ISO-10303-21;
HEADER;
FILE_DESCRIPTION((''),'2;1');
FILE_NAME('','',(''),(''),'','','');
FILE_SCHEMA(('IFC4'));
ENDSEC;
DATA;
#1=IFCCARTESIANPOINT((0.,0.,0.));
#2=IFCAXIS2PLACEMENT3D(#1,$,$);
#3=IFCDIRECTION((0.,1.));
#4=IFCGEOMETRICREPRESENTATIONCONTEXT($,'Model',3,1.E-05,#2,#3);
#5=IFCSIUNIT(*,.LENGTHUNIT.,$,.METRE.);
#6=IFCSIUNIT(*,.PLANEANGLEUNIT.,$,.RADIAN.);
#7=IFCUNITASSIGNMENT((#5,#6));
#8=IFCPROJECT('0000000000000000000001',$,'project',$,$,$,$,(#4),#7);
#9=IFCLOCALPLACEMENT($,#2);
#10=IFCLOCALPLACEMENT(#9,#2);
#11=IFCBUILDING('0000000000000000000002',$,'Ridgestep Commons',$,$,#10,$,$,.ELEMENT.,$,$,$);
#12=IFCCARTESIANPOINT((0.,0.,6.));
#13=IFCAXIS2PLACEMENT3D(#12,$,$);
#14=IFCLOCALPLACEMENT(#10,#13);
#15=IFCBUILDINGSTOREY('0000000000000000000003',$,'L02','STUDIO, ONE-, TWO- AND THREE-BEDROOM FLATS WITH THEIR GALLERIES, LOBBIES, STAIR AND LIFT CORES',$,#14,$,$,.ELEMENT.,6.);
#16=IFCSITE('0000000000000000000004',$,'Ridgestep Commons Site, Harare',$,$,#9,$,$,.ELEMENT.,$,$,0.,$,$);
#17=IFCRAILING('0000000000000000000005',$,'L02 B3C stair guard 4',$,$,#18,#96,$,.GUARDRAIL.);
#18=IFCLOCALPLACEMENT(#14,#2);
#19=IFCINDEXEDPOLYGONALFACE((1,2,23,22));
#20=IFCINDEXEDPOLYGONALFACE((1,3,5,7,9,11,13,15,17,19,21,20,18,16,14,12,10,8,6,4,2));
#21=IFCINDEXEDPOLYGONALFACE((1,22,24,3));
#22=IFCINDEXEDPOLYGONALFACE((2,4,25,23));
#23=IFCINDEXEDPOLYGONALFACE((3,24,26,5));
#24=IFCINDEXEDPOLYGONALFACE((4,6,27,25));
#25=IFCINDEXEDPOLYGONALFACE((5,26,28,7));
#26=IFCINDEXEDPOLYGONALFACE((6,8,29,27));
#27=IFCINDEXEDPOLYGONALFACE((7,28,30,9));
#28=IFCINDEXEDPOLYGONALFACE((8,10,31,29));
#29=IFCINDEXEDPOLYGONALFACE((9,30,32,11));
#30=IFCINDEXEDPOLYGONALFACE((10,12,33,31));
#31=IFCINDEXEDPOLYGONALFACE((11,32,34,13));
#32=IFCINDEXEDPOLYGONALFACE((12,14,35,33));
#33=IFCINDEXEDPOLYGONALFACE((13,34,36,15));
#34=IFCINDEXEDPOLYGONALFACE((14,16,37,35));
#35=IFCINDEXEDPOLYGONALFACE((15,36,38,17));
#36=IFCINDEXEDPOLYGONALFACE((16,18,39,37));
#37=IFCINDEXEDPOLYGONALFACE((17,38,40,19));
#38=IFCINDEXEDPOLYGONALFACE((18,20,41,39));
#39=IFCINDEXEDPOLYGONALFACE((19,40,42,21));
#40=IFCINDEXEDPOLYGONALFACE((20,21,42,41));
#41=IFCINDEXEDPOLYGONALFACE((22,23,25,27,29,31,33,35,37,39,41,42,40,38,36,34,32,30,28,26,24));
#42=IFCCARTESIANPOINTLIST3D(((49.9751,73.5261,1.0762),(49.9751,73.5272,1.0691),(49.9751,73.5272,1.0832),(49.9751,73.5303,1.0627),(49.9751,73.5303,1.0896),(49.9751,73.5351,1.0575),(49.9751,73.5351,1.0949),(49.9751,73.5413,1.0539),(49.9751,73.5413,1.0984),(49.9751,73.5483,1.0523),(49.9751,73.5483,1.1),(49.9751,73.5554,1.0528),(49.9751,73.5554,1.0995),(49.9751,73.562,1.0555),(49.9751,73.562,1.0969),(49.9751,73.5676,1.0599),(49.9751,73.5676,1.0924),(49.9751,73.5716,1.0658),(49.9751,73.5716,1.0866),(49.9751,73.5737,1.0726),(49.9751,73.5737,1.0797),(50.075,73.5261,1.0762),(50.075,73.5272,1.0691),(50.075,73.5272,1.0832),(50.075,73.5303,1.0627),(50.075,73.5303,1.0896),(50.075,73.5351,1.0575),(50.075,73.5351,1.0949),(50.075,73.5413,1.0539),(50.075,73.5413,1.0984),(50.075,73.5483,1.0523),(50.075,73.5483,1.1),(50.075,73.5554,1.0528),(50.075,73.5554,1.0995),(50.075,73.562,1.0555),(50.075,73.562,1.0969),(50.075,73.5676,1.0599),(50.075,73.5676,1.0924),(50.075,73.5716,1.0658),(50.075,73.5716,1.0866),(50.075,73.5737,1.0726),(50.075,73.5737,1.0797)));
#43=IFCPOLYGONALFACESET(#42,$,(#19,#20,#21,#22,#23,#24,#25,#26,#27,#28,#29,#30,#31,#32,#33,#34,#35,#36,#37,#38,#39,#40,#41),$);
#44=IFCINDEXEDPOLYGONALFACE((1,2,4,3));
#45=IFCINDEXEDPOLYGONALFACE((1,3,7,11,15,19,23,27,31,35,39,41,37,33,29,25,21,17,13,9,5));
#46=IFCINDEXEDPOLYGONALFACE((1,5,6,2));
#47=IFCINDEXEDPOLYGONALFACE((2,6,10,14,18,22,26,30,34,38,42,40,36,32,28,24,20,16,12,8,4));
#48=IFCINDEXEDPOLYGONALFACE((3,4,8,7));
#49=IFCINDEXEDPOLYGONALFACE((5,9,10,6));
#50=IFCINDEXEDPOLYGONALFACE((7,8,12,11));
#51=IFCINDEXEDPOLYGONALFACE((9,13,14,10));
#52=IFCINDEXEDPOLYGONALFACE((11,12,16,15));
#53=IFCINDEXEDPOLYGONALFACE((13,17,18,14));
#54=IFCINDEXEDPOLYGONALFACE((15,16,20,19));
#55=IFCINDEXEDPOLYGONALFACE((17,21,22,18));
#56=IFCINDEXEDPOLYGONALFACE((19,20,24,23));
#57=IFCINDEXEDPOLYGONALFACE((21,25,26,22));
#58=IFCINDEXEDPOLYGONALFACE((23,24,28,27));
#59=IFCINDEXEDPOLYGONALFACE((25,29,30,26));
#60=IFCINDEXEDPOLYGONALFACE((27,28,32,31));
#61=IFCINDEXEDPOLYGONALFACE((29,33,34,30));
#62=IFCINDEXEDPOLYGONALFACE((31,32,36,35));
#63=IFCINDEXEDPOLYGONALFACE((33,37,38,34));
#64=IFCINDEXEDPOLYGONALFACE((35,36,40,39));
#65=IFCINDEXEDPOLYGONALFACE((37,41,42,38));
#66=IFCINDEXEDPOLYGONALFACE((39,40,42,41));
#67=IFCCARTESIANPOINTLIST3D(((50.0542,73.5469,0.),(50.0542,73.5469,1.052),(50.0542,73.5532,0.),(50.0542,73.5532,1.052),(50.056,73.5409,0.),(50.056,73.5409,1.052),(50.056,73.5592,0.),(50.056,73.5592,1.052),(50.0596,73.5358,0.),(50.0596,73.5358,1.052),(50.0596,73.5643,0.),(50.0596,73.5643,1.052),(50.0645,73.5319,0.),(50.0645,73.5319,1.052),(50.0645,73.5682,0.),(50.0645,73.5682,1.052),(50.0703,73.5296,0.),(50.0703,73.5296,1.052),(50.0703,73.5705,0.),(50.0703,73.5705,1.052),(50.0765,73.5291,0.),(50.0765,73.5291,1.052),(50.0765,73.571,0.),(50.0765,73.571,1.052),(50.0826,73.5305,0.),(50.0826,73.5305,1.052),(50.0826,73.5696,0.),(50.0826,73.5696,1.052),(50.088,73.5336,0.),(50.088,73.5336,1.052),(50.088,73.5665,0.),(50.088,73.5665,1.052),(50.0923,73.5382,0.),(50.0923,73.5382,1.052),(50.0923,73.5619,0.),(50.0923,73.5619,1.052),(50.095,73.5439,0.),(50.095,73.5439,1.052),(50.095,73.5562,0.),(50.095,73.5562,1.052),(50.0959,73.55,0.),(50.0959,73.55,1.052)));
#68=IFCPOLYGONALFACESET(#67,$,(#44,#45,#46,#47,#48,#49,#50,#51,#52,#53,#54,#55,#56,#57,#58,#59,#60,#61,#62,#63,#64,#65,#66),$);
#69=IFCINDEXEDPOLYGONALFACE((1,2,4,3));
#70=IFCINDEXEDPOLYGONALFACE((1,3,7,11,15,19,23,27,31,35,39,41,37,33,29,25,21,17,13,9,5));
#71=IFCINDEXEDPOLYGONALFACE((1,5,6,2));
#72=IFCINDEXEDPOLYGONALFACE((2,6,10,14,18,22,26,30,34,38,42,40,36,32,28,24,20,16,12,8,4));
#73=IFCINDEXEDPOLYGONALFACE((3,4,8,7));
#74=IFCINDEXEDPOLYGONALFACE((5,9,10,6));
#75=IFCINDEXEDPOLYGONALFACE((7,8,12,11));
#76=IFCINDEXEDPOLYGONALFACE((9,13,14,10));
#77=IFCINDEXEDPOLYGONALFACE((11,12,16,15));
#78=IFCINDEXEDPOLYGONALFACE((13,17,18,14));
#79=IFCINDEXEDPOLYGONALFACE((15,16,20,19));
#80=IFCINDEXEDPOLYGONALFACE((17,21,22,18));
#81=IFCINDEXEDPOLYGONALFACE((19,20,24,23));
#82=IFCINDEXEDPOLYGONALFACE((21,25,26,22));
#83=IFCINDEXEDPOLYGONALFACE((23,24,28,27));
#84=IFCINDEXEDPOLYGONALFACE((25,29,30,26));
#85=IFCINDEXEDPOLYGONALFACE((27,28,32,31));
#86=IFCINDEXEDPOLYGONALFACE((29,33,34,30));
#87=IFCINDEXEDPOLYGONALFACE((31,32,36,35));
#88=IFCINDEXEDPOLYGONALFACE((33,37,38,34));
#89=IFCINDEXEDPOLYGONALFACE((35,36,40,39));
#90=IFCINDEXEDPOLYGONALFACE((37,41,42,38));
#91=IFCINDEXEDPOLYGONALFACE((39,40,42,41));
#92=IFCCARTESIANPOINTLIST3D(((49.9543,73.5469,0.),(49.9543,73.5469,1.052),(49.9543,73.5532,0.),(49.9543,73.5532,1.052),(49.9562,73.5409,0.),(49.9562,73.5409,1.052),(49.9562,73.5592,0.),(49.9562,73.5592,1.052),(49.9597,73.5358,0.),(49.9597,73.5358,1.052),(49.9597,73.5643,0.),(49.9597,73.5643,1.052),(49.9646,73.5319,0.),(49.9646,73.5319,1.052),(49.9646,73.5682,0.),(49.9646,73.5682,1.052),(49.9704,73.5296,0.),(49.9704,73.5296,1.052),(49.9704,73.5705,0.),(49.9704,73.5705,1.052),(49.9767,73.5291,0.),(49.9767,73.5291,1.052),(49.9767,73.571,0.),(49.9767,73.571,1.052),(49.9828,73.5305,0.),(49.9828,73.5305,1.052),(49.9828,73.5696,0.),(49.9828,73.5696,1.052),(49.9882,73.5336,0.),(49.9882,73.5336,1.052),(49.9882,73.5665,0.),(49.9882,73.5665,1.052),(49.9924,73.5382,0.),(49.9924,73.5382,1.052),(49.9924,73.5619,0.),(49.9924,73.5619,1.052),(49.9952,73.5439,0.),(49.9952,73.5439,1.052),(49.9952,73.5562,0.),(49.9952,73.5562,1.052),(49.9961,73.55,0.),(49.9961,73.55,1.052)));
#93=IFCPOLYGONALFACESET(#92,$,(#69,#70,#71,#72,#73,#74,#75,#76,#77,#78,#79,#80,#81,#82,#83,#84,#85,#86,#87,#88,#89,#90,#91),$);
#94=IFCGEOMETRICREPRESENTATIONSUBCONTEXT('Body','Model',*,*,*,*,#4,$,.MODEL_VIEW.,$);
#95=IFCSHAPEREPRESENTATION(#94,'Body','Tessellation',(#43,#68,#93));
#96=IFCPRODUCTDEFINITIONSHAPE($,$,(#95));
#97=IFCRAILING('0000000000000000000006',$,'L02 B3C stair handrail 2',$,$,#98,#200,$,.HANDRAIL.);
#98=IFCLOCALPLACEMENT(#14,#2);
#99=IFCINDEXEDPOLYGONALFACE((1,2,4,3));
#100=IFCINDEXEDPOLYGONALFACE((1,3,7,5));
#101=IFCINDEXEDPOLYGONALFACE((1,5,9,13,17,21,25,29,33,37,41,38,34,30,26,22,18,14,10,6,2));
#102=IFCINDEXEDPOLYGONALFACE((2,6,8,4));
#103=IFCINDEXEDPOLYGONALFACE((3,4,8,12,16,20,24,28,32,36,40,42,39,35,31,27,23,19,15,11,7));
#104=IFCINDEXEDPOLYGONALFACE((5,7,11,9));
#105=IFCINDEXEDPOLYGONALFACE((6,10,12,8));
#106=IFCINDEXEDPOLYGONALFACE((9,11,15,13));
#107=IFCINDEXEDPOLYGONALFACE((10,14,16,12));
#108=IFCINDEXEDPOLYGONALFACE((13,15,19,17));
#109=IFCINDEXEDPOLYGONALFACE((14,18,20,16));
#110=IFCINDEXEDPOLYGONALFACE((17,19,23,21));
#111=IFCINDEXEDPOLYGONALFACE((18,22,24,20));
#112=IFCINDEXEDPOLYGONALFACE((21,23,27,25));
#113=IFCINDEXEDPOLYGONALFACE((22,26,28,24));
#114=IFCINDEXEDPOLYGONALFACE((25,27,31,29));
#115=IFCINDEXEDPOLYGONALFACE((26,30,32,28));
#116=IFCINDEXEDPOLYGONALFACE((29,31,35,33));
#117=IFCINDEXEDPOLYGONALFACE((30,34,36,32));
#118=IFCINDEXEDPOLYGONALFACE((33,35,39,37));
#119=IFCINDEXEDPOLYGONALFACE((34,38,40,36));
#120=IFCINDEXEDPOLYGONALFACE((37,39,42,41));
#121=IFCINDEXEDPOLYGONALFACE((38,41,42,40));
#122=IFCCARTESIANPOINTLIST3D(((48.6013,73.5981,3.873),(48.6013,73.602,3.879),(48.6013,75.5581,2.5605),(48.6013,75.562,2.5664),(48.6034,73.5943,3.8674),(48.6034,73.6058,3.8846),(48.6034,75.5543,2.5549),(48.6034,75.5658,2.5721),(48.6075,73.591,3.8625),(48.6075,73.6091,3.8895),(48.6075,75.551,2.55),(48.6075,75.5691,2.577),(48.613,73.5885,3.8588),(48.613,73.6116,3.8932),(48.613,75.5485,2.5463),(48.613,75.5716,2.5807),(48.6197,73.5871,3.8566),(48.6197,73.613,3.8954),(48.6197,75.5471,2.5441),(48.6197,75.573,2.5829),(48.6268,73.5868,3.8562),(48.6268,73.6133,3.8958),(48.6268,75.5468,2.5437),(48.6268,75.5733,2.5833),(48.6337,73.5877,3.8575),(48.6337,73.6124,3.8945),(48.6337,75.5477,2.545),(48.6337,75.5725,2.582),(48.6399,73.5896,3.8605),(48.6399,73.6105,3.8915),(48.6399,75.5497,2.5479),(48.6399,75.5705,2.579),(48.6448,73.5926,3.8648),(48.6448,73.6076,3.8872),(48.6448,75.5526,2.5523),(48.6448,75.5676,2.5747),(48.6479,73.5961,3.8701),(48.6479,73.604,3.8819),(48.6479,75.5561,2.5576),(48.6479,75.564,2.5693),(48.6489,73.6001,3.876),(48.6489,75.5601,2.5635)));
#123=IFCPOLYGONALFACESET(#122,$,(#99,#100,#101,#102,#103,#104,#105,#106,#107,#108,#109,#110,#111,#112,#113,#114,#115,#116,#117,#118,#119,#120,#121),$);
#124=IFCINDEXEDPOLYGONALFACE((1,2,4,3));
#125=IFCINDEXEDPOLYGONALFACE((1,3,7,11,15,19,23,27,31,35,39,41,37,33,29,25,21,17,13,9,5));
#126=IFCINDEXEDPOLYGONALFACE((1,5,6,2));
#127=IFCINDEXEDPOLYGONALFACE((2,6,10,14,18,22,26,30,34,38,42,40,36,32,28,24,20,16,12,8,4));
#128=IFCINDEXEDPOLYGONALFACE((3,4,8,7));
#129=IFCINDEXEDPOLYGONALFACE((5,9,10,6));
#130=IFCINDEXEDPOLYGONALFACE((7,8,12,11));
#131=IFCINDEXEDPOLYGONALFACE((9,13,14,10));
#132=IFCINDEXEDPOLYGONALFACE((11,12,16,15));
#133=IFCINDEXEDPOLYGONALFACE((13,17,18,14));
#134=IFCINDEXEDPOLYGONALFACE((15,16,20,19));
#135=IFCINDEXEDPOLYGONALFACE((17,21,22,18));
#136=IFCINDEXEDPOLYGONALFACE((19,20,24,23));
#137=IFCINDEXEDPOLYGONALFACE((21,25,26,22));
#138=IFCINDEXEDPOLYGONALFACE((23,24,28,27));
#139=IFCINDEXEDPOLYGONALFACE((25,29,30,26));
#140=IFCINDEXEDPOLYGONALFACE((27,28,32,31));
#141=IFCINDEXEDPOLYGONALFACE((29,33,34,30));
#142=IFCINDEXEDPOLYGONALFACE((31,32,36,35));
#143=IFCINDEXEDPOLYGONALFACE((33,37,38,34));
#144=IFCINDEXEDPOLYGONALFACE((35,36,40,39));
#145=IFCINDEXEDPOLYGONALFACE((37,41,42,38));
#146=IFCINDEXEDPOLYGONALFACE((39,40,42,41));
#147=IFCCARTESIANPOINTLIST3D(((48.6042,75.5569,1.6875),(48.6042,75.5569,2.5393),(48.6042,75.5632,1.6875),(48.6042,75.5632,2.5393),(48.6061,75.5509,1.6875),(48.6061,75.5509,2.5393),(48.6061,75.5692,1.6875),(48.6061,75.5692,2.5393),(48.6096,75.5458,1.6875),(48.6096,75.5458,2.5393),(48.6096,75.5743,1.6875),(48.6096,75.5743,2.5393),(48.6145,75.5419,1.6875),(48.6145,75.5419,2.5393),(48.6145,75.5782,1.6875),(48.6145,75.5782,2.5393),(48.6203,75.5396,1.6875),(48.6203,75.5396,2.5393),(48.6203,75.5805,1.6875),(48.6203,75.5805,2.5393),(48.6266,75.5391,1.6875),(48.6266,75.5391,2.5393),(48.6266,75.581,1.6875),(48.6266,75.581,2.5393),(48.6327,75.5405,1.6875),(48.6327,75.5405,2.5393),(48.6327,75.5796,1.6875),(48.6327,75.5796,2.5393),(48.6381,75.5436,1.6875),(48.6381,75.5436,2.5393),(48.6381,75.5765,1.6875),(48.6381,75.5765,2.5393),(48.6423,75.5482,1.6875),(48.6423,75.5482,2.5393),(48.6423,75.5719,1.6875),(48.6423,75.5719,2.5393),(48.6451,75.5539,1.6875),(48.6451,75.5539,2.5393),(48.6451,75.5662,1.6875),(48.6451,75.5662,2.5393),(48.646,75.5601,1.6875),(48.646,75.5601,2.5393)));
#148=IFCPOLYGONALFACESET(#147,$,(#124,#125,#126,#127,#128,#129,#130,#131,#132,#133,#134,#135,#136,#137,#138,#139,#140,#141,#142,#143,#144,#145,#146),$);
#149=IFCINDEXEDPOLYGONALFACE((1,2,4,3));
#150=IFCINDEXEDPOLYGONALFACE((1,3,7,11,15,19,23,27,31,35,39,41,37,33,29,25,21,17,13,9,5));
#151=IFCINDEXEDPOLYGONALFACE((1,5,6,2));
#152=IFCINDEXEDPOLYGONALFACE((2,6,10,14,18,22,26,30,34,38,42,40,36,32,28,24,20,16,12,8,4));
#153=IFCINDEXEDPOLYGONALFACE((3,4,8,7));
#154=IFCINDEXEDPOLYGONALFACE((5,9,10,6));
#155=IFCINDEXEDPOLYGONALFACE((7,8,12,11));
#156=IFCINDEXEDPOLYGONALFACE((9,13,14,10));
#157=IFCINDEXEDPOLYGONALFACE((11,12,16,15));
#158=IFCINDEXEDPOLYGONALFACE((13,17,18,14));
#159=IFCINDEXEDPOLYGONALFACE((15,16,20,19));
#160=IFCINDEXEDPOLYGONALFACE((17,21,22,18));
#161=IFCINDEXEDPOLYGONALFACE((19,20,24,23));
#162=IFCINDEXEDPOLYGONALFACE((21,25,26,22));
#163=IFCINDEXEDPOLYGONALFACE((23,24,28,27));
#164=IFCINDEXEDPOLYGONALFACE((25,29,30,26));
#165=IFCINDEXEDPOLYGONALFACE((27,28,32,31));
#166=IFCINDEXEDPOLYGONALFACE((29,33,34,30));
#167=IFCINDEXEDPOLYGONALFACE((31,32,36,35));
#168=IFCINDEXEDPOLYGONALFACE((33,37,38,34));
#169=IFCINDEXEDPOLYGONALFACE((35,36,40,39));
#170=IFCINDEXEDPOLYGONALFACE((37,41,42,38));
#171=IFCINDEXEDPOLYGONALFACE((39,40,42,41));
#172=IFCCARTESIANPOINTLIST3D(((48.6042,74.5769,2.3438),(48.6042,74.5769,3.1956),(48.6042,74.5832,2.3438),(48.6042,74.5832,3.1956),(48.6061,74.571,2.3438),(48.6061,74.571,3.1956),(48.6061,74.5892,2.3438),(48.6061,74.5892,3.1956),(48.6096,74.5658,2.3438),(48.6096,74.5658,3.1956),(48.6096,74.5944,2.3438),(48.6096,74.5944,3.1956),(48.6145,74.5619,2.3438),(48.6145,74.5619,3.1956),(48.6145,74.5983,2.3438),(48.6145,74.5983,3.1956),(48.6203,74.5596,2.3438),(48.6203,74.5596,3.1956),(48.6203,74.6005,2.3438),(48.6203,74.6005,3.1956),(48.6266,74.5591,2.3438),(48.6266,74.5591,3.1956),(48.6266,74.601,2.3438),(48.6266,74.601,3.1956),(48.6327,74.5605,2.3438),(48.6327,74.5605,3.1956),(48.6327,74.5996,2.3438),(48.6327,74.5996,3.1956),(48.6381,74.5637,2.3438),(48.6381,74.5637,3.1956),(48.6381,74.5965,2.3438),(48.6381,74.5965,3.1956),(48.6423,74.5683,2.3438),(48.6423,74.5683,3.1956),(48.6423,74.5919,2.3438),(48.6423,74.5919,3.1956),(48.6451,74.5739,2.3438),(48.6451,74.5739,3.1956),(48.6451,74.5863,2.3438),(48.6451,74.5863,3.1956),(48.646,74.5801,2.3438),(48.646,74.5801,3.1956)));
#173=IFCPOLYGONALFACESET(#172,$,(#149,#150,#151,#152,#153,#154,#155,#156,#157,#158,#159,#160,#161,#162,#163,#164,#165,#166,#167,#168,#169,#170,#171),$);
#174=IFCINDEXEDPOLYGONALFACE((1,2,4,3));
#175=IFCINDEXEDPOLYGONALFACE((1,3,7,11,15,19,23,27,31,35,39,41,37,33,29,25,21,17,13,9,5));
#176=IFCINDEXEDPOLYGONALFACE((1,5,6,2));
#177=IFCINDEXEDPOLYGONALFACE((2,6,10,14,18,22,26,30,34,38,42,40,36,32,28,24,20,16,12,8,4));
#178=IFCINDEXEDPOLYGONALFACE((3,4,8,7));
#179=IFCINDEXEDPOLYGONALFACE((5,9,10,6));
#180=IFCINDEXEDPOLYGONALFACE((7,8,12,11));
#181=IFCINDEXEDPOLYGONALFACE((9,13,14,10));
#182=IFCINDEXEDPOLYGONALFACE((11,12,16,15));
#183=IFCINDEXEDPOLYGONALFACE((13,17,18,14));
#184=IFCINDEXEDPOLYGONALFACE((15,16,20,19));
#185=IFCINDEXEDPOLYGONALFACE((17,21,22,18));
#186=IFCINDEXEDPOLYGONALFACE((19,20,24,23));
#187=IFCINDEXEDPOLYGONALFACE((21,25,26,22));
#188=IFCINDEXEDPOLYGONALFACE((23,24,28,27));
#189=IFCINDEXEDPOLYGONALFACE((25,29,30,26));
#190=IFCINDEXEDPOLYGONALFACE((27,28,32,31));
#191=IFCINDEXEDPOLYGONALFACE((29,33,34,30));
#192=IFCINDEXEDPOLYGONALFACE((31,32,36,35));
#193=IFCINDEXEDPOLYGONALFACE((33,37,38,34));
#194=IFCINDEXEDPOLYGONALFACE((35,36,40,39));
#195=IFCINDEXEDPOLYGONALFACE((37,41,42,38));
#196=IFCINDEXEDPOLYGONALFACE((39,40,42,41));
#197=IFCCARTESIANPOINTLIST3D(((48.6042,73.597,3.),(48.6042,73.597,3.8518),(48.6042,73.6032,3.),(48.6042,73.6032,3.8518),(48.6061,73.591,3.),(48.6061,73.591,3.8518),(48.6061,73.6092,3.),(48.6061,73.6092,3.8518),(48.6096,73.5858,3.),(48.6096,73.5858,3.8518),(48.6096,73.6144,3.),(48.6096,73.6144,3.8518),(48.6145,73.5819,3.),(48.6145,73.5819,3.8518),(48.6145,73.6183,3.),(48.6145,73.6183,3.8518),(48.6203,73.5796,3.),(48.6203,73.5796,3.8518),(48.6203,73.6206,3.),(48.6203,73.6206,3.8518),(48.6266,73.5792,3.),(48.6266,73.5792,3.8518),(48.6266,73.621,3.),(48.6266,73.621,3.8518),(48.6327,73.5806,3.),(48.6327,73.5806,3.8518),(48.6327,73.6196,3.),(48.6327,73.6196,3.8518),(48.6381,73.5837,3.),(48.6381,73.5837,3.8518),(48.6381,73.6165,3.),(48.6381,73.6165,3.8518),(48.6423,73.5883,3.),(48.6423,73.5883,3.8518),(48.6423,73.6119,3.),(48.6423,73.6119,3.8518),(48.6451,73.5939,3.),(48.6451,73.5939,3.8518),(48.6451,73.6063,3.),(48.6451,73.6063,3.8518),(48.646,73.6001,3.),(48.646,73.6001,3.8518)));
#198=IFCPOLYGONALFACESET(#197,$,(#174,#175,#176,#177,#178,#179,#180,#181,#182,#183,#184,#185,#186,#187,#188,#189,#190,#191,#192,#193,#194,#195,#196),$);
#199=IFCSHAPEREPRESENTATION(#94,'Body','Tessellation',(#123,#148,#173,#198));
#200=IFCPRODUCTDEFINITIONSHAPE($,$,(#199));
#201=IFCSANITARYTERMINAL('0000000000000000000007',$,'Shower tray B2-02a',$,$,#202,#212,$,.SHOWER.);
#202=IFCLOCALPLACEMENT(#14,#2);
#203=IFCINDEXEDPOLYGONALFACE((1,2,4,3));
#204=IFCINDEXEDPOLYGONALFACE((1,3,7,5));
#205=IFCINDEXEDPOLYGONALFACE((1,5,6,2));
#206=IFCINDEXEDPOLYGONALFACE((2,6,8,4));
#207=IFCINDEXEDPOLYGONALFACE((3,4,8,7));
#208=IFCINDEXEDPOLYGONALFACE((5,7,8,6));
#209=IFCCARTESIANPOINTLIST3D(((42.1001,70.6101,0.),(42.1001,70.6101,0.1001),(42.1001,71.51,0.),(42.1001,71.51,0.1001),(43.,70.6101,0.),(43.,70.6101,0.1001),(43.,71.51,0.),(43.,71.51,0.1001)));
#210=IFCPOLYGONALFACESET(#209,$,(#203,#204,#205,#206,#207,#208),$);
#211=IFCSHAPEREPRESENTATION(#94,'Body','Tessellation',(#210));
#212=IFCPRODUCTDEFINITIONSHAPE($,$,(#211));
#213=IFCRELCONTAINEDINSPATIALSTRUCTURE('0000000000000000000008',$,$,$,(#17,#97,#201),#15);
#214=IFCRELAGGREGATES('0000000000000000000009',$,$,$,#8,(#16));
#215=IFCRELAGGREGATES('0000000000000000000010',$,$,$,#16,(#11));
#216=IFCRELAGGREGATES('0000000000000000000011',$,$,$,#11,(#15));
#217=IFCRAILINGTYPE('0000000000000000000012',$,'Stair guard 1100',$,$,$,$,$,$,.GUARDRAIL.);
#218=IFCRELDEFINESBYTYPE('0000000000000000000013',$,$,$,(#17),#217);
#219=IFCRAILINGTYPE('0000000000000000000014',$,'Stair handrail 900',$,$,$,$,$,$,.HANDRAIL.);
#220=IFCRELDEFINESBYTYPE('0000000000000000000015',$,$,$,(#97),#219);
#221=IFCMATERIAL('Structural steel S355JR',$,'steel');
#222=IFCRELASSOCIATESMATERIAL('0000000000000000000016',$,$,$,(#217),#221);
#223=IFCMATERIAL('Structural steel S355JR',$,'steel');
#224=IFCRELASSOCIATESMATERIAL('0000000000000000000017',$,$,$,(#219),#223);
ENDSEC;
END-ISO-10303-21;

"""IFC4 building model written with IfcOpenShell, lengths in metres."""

from ifc_helpers import new_model, si_unit, direction, frame, origin, origin_2d, place, context, subcontext, project, spatial, rectangle, circle, extrude, material, type_object, element, save


model = new_model("IFC4")

# Units and contexts
model_context = context("Model", 3, precision=1e-05, world=origin(), true_north=direction((0.0, 1.0)))
body_context = subcontext(model_context, "Body", "Model", "MODEL_VIEW")
ifc_project = project(units=[si_unit("LENGTHUNIT", "METRE"), si_unit("PLANEANGLEUNIT", "RADIAN")], contexts=[model_context])

# Site, building, storey
site_placement = place(None, origin())
site = spatial("IfcSite", under=ifc_project, at=site_placement, Name="Ridgestep Commons Site, Harare", CompositionType="ELEMENT", RefElevation=0.0)
building_placement = place(site_placement, origin())
building = spatial("IfcBuilding", under=site, at=building_placement, Name="Ridgestep Commons", CompositionType="ELEMENT")
storey_placement = place(building_placement, frame((0.0, 0.0, 6.0)))
storey = spatial("IfcBuildingStorey", under=building, at=storey_placement, Name="L02", Description="STUDIO, ONE-, TWO- AND THREE-BEDROOM FLATS WITH THEIR GALLERIES, LOBBIES, STAIR AND LIFT CORES", CompositionType="ELEMENT", Elevation=6.0)

# Railings
ifc_material_1 = material(Name="Structural steel S355JR", Category="steel")
railing_type_1 = type_object("IfcRailingType", Name="Stair guard 1100", PredefinedType="GUARDRAIL", material=ifc_material_1)
railing_1_placement = place(storey_placement, frame((50.075, 73.55, 0.0)))
element("IfcRailing", 1, at=railing_1_placement, inside=storey, type_object=railing_type_1, Name="L02 B3C stair guard 4", PredefinedType="GUARDRAIL", context=body_context, shape_type="SweptSolid", body=[
    extrude(circle(Radius=0.0239, at=origin_2d()), frame((0.0, 0.0, 1.0762), z_axis=(-1.0, 0.0, 0.0), x_axis=(0.0, -1.0, 0.0)), (0.0, 0.0, 1.0), 0.0999),
    extrude(circle(Radius=0.021, at=origin_2d()), origin(), (0.0, 0.0, 1.0), 1.052),
    extrude(circle(Radius=0.021, at=origin_2d()), frame((-0.0999, 0.0, 0.0)), (0.0, 0.0, 1.0), 1.052),
])
ifc_material_2 = material(Name="Structural steel S355JR", Category="steel")
railing_type_2 = type_object("IfcRailingType", Name="Stair handrail 900", PredefinedType="HANDRAIL", material=ifc_material_2)
railing_2_placement = place(storey_placement, frame((48.625, 75.5601, 1.6875)))
element("IfcRailing", 2, at=railing_2_placement, inside=storey, type_object=railing_type_2, Name="L02 B3C stair handrail 2", PredefinedType="HANDRAIL", context=body_context, shape_type="SweptSolid", body=[
    extrude(circle(Radius=0.0239, at=origin_2d()), frame((0.0, 0.0, 0.876), z_axis=(0.0, -0.830902, 0.556419), x_axis=(1.0, 0.0, 0.0)), (0.0, 0.0, 1.0), 2.3589),
    extrude(circle(Radius=0.021, at=origin_2d()), origin(), (0.0, 0.0, 1.0), 0.8518),
    extrude(circle(Radius=0.021, at=origin_2d()), frame((0.0, -0.98, 0.6562)), (0.0, 0.0, 1.0), 0.8518),
    extrude(circle(Radius=0.021, at=origin_2d()), frame((0.0, -1.96, 1.3125)), (0.0, 0.0, 1.0), 0.8518),
])

# Sanitary terminal
sanitary_terminal_1_placement = place(storey_placement, frame((42.55, 71.0601, 0.0), z_axis=(0.0, 0.0, 1.0), x_axis=(1.0, 0.0, 0.0)))
element("IfcSanitaryTerminal", 3, at=sanitary_terminal_1_placement, inside=storey, Name="Shower tray B2-02a", PredefinedType="SHOWER", context=body_context, shape_type="SweptSolid", body=[
    extrude(rectangle(XDim=0.8999, YDim=0.8999, at=origin_2d()), origin(), (0.0, 0.0, 1.0), 0.1001),
])

save(model, "model.ifc")
